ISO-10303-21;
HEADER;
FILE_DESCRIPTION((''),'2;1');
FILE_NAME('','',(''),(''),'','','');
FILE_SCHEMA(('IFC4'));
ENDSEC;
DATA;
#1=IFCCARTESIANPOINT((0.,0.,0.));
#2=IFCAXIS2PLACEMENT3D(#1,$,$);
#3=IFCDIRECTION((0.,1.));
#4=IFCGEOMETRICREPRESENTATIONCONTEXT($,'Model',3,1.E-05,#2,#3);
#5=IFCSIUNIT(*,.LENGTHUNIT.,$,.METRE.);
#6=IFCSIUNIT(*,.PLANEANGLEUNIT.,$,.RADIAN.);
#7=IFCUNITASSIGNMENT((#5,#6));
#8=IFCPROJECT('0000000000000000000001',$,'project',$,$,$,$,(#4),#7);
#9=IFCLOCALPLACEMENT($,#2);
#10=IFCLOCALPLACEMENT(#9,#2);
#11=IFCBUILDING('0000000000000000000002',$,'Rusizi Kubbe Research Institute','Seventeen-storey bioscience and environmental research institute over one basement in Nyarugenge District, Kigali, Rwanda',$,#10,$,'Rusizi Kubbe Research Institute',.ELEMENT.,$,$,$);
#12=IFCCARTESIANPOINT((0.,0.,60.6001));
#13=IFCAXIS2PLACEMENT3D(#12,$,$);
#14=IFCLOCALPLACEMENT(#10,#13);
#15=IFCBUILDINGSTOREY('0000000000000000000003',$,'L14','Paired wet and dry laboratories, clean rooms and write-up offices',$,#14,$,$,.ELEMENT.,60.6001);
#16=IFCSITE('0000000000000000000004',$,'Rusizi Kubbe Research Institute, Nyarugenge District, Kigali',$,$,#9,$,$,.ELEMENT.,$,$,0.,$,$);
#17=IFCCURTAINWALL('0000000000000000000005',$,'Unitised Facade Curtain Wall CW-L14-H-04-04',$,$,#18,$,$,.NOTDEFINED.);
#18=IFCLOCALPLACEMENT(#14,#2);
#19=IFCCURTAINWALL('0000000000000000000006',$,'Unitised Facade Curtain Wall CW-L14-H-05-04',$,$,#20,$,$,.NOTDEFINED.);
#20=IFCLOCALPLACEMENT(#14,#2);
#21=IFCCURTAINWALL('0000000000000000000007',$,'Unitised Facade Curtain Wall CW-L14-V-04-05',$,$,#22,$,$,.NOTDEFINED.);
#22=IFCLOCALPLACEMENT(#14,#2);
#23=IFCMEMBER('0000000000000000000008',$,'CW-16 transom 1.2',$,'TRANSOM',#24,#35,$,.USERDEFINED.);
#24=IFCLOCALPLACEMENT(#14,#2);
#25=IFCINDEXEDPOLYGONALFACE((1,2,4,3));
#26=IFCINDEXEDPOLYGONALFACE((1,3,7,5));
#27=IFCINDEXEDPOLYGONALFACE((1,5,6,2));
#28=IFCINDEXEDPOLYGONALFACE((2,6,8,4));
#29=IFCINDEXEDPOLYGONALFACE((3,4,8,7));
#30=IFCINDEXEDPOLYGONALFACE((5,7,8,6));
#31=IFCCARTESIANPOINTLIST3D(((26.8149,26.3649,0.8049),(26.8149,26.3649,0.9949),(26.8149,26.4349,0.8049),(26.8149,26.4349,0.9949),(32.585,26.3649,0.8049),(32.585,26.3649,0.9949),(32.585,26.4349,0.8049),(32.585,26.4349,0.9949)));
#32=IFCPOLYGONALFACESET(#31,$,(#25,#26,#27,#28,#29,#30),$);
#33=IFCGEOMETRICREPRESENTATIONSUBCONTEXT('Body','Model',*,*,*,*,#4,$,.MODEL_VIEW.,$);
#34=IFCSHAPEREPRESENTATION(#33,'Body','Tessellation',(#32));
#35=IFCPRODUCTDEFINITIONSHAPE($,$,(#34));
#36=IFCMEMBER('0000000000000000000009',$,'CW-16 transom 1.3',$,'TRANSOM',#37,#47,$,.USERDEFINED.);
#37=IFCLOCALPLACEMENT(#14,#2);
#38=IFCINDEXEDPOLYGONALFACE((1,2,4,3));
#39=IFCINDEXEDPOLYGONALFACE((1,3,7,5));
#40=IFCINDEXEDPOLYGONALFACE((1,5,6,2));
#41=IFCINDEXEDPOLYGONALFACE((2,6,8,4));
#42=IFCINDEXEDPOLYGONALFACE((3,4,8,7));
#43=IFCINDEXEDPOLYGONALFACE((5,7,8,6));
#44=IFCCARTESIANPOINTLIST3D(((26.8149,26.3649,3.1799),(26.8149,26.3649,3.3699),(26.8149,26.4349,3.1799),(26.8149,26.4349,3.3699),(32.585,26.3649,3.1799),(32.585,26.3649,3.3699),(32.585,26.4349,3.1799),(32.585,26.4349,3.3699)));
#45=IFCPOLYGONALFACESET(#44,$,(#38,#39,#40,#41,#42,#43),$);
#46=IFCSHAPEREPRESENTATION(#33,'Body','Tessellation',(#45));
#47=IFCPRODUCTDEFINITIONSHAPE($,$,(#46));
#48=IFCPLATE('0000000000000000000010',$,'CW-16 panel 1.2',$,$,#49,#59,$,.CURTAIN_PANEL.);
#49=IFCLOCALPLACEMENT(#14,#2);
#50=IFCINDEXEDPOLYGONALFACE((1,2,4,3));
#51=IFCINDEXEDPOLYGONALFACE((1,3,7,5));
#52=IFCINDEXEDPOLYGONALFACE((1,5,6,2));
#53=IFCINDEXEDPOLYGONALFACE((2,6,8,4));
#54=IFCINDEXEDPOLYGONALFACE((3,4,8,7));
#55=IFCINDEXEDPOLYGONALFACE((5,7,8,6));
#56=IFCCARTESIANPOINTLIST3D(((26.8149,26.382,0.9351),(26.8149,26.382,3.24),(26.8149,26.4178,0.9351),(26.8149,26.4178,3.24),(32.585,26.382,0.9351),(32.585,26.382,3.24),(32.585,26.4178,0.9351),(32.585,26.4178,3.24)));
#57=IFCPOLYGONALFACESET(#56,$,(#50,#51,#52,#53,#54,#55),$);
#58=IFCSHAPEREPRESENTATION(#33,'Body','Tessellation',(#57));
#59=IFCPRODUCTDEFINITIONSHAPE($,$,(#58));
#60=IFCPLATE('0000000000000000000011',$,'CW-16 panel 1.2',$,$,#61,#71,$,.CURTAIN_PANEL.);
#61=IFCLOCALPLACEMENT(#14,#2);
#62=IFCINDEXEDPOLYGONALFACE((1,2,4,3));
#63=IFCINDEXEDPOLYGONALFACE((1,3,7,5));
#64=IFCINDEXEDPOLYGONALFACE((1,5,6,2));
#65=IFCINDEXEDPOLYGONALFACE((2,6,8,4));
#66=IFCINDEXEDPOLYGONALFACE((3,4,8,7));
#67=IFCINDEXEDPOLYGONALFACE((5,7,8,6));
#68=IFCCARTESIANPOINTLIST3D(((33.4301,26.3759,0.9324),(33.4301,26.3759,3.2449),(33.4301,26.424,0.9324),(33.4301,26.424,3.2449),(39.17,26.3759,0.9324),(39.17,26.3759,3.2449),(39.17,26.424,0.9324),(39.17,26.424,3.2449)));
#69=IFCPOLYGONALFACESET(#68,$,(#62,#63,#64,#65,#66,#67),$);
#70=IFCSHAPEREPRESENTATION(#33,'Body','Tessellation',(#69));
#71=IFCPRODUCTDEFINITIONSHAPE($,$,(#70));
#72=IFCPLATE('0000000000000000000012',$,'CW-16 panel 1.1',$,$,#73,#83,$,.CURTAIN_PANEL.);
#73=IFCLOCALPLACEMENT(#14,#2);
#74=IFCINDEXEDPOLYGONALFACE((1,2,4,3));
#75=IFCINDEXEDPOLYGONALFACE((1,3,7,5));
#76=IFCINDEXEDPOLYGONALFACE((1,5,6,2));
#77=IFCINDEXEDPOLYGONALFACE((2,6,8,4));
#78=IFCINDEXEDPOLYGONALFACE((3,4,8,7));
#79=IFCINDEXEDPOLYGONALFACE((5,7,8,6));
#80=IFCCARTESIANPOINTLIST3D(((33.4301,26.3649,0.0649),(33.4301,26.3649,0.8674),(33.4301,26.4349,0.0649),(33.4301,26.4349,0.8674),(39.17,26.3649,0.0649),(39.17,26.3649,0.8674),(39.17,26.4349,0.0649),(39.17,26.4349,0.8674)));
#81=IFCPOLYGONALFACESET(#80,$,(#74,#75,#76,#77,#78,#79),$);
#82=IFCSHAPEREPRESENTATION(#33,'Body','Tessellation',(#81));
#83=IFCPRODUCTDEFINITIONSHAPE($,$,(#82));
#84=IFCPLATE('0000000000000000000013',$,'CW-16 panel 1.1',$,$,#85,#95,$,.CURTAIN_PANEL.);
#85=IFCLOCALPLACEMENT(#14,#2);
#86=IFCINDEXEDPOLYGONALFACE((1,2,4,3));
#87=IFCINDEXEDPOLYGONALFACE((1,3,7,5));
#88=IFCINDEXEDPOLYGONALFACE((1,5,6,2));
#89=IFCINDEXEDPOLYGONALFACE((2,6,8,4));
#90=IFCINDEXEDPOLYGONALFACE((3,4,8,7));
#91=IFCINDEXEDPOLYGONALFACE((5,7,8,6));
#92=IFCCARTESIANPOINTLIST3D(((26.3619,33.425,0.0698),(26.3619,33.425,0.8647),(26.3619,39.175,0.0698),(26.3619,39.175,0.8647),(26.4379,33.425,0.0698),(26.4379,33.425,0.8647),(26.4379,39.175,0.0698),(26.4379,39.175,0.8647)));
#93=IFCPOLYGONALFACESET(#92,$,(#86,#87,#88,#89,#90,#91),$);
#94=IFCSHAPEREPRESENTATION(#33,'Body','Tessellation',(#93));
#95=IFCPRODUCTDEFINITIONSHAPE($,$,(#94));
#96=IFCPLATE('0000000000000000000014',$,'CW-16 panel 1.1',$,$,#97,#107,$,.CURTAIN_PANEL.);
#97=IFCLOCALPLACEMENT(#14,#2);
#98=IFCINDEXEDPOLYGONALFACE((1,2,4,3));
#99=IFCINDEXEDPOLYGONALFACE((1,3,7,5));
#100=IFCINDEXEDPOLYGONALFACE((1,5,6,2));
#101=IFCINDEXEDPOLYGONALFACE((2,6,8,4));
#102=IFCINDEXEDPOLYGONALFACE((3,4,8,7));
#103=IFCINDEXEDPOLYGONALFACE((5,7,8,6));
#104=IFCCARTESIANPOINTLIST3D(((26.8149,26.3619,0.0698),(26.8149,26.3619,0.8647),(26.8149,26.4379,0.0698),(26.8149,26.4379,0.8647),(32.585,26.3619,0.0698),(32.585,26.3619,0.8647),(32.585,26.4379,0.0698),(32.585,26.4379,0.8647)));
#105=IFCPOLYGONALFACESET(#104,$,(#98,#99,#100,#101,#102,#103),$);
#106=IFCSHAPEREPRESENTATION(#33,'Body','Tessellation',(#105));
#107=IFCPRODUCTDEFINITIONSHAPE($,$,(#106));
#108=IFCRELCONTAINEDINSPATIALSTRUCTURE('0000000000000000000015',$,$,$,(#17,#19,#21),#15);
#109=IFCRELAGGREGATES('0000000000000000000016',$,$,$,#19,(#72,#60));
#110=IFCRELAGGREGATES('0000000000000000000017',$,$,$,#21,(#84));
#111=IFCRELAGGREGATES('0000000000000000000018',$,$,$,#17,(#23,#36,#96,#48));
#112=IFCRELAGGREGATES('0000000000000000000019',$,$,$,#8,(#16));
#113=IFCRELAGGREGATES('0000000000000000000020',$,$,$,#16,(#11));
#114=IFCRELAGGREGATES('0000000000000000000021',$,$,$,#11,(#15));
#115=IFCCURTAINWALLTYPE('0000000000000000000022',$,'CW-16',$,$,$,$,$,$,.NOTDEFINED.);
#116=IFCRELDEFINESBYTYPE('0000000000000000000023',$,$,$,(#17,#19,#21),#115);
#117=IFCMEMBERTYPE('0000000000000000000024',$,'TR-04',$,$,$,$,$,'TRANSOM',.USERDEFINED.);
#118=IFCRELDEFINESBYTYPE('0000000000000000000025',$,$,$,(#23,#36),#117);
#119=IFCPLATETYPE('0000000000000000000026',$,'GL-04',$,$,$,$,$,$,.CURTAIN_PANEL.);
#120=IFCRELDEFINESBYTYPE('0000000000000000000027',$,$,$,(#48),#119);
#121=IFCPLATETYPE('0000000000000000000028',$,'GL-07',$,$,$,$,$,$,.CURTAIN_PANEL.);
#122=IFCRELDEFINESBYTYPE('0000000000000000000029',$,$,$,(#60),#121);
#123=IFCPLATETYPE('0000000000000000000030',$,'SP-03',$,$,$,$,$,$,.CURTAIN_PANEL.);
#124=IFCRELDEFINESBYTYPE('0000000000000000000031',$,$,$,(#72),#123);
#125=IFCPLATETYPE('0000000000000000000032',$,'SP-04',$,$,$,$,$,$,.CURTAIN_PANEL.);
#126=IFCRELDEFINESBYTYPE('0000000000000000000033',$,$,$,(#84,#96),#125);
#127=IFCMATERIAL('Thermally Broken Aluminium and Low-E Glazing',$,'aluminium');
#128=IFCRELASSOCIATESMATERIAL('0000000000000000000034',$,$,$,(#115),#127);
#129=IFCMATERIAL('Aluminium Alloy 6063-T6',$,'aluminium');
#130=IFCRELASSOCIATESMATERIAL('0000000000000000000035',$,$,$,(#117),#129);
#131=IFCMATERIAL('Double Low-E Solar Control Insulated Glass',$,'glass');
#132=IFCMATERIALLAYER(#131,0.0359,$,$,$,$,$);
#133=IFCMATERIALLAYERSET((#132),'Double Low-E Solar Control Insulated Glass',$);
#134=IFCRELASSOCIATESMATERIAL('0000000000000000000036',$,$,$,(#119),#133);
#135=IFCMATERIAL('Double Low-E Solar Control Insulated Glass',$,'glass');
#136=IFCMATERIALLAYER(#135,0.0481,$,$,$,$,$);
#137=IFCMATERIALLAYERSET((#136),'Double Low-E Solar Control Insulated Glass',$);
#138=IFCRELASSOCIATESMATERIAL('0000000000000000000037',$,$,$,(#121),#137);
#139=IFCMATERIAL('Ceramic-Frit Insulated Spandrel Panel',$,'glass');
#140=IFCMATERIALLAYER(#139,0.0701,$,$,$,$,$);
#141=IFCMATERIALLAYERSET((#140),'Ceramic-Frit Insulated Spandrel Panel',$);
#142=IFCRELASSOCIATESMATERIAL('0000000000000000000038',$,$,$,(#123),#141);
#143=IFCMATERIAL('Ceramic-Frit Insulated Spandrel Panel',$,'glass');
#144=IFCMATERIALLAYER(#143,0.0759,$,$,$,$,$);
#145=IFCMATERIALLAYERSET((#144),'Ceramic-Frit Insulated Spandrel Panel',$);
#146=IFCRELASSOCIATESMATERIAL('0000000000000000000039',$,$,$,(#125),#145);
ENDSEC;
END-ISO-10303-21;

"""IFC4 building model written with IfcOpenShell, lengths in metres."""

from ifc_helpers import new_model, si_unit, direction, frame, origin, origin_2d, place, context, subcontext, project, spatial, rectangle, extrude, material, layer, layer_set, material_profile, profile_set, type_object, element, aggregate, save


model = new_model("IFC4")

# Units and contexts
model_context = context("Model", 3, precision=1e-05, world=origin(), true_north=direction((0.0, 1.0)))
body_context = subcontext(model_context, "Body", "Model", "MODEL_VIEW")
ifc_project = project(units=[si_unit("LENGTHUNIT", "METRE"), si_unit("PLANEANGLEUNIT", "RADIAN")], contexts=[model_context])

# Site, building, storey
site_placement = place(None, origin())
site = spatial("IfcSite", under=ifc_project, at=site_placement, Name="Rusizi Kubbe Research Institute, Nyarugenge District, Kigali", CompositionType="ELEMENT", RefElevation=0.0)
building_placement = place(site_placement, origin())
building = spatial("IfcBuilding", under=site, at=building_placement, Name="Rusizi Kubbe Research Institute", Description="Seventeen-storey bioscience and environmental research institute over one basement in Nyarugenge District, Kigali, Rwanda", LongName="Rusizi Kubbe Research Institute", CompositionType="ELEMENT")
storey_placement = place(building_placement, frame((0.0, 0.0, 60.6001)))
storey = spatial("IfcBuildingStorey", under=building, at=storey_placement, Name="L14", Description="Paired wet and dry laboratories, clean rooms and write-up offices", CompositionType="ELEMENT", Elevation=60.6001)

# Curtain walls
ifc_material_1 = material(Name="Thermally Broken Aluminium and Low-E Glazing", Category="aluminium")
curtain_wall_type = type_object("IfcCurtainWallType", Name="CW-16", PredefinedType="NOTDEFINED", material=ifc_material_1)
curtain_wall_1_placement = place(storey_placement, origin())
curtain_wall_1 = element("IfcCurtainWall", 1, at=curtain_wall_1_placement, inside=storey, type_object=curtain_wall_type, Name="Unitised Facade Curtain Wall CW-L14-H-04-04", PredefinedType="NOTDEFINED")
curtain_wall_2_placement = place(storey_placement, origin())
curtain_wall_2 = element("IfcCurtainWall", 2, at=curtain_wall_2_placement, inside=storey, type_object=curtain_wall_type, Name="Unitised Facade Curtain Wall CW-L14-H-05-04", PredefinedType="NOTDEFINED")
curtain_wall_3_placement = place(storey_placement, origin())
curtain_wall_3 = element("IfcCurtainWall", 3, at=curtain_wall_3_placement, inside=storey, type_object=curtain_wall_type, Name="Unitised Facade Curtain Wall CW-L14-V-04-05", PredefinedType="NOTDEFINED")
ifc_material_2 = material(Name="Aluminium Alloy 6063-T6", Category="aluminium")
ifc_material_profile_1 = material_profile(ifc_material_2, rectangle(XDim=0.0701, YDim=0.1899, at=origin_2d()), Name="ALU-T 70x190")
ifc_profile_set_1 = profile_set([ifc_material_profile_1], Name="Aluminium Alloy 6063-T6")
member_type_1 = type_object("IfcMemberType", Name="TR-04", ElementType="TRANSOM", PredefinedType="USERDEFINED", material=ifc_profile_set_1)

# Members
member_1_placement = place(storey_placement, frame((26.8149, 26.3999, 0.8999), z_axis=(1.0, 0.0, 0.0), x_axis=(0.0, 1.0, 0.0)))
member_1 = element("IfcMember", 4, at=member_1_placement, type_object=member_type_1, Name="CW-16 transom 1.2", ObjectType="TRANSOM", PredefinedType="USERDEFINED", context=body_context, shape_type="SweptSolid", body=[
    extrude(rectangle(XDim=0.0701, YDim=0.1899, at=origin_2d()), origin(), (0.0, 0.0, 1.0), 5.77),
])
member_2_placement = place(storey_placement, frame((26.8149, 26.3999, 3.2749), z_axis=(1.0, 0.0, 0.0), x_axis=(0.0, 1.0, 0.0)))
member_2 = element("IfcMember", 5, at=member_2_placement, type_object=member_type_1, Name="CW-16 transom 1.3", ObjectType="TRANSOM", PredefinedType="USERDEFINED", context=body_context, shape_type="SweptSolid", body=[
    extrude(rectangle(XDim=0.0701, YDim=0.1899, at=origin_2d()), origin(), (0.0, 0.0, 1.0), 5.77),
])

# Plates
ifc_material_3 = material(Name="Double Low-E Solar Control Insulated Glass", Category="glass")
ifc_layer_1 = layer(ifc_material_3, 0.0359)
ifc_layer_set_1 = layer_set([ifc_layer_1], Name="Double Low-E Solar Control Insulated Glass")
plate_type_1 = type_object("IfcPlateType", Name="GL-04", PredefinedType="CURTAIN_PANEL", material=ifc_layer_set_1)
plate_1_placement = place(storey_placement, frame((29.7, 26.3999, 0.9351), z_axis=(0.0, 0.0, 1.0), x_axis=(1.0, 0.0, 0.0)))
plate_1 = element("IfcPlate", 6, at=plate_1_placement, type_object=plate_type_1, Name="CW-16 panel 1.2", PredefinedType="CURTAIN_PANEL", context=body_context, shape_type="SweptSolid", body=[
    extrude(rectangle(XDim=5.77, YDim=0.0359, at=origin_2d()), origin(), (0.0, 0.0, 1.0), 2.3049),
])
ifc_material_4 = material(Name="Double Low-E Solar Control Insulated Glass", Category="glass")
ifc_layer_2 = layer(ifc_material_4, 0.0481)
ifc_layer_set_2 = layer_set([ifc_layer_2], Name="Double Low-E Solar Control Insulated Glass")
plate_type_2 = type_object("IfcPlateType", Name="GL-07", PredefinedType="CURTAIN_PANEL", material=ifc_layer_set_2)
plate_2_placement = place(storey_placement, frame((36.3, 26.3999, 0.9324), z_axis=(0.0, 0.0, 1.0), x_axis=(1.0, 0.0, 0.0)))
plate_2 = element("IfcPlate", 7, at=plate_2_placement, type_object=plate_type_2, Name="CW-16 panel 1.2", PredefinedType="CURTAIN_PANEL", context=body_context, shape_type="SweptSolid", body=[
    extrude(rectangle(XDim=5.74, YDim=0.0481, at=origin_2d()), origin(), (0.0, 0.0, 1.0), 2.3125),
])
ifc_material_5 = material(Name="Ceramic-Frit Insulated Spandrel Panel", Category="glass")
ifc_layer_3 = layer(ifc_material_5, 0.0701)
ifc_layer_set_3 = layer_set([ifc_layer_3], Name="Ceramic-Frit Insulated Spandrel Panel")
plate_type_3 = type_object("IfcPlateType", Name="SP-03", PredefinedType="CURTAIN_PANEL", material=ifc_layer_set_3)
plate_3_placement = place(storey_placement, frame((36.3, 26.3999, 0.0649), z_axis=(0.0, 0.0, 1.0), x_axis=(1.0, 0.0, 0.0)))
plate_3 = element("IfcPlate", 8, at=plate_3_placement, type_object=plate_type_3, Name="CW-16 panel 1.1", PredefinedType="CURTAIN_PANEL", context=body_context, shape_type="SweptSolid", body=[
    extrude(rectangle(XDim=5.74, YDim=0.0701, at=origin_2d()), origin(), (0.0, 0.0, 1.0), 0.8025),
])
aggregate(curtain_wall_2, [plate_3, plate_2])
ifc_material_6 = material(Name="Ceramic-Frit Insulated Spandrel Panel", Category="glass")
ifc_layer_4 = layer(ifc_material_6, 0.0759)
ifc_layer_set_4 = layer_set([ifc_layer_4], Name="Ceramic-Frit Insulated Spandrel Panel")
plate_type_4 = type_object("IfcPlateType", Name="SP-04", PredefinedType="CURTAIN_PANEL", material=ifc_layer_set_4)
plate_4_placement = place(storey_placement, frame((26.3999, 36.3, 0.0698), z_axis=(0.0, 0.0, 1.0), x_axis=(0.0, 1.0, 0.0)))
plate_4 = element("IfcPlate", 9, at=plate_4_placement, type_object=plate_type_4, Name="CW-16 panel 1.1", PredefinedType="CURTAIN_PANEL", context=body_context, shape_type="SweptSolid", body=[
    extrude(rectangle(XDim=5.75, YDim=0.0759, at=origin_2d()), origin(), (0.0, 0.0, 1.0), 0.7949),
])
aggregate(curtain_wall_3, [plate_4])
plate_5_placement = place(storey_placement, frame((29.7, 26.3999, 0.0698), z_axis=(0.0, 0.0, 1.0), x_axis=(1.0, 0.0, 0.0)))
plate_5 = element("IfcPlate", 10, at=plate_5_placement, type_object=plate_type_4, Name="CW-16 panel 1.1", PredefinedType="CURTAIN_PANEL", context=body_context, shape_type="SweptSolid", body=[
    extrude(rectangle(XDim=5.77, YDim=0.0759, at=origin_2d()), origin(), (0.0, 0.0, 1.0), 0.7949),
])
aggregate(curtain_wall_1, [member_1, member_2, plate_5, plate_1])

save(model, "model.ifc")
